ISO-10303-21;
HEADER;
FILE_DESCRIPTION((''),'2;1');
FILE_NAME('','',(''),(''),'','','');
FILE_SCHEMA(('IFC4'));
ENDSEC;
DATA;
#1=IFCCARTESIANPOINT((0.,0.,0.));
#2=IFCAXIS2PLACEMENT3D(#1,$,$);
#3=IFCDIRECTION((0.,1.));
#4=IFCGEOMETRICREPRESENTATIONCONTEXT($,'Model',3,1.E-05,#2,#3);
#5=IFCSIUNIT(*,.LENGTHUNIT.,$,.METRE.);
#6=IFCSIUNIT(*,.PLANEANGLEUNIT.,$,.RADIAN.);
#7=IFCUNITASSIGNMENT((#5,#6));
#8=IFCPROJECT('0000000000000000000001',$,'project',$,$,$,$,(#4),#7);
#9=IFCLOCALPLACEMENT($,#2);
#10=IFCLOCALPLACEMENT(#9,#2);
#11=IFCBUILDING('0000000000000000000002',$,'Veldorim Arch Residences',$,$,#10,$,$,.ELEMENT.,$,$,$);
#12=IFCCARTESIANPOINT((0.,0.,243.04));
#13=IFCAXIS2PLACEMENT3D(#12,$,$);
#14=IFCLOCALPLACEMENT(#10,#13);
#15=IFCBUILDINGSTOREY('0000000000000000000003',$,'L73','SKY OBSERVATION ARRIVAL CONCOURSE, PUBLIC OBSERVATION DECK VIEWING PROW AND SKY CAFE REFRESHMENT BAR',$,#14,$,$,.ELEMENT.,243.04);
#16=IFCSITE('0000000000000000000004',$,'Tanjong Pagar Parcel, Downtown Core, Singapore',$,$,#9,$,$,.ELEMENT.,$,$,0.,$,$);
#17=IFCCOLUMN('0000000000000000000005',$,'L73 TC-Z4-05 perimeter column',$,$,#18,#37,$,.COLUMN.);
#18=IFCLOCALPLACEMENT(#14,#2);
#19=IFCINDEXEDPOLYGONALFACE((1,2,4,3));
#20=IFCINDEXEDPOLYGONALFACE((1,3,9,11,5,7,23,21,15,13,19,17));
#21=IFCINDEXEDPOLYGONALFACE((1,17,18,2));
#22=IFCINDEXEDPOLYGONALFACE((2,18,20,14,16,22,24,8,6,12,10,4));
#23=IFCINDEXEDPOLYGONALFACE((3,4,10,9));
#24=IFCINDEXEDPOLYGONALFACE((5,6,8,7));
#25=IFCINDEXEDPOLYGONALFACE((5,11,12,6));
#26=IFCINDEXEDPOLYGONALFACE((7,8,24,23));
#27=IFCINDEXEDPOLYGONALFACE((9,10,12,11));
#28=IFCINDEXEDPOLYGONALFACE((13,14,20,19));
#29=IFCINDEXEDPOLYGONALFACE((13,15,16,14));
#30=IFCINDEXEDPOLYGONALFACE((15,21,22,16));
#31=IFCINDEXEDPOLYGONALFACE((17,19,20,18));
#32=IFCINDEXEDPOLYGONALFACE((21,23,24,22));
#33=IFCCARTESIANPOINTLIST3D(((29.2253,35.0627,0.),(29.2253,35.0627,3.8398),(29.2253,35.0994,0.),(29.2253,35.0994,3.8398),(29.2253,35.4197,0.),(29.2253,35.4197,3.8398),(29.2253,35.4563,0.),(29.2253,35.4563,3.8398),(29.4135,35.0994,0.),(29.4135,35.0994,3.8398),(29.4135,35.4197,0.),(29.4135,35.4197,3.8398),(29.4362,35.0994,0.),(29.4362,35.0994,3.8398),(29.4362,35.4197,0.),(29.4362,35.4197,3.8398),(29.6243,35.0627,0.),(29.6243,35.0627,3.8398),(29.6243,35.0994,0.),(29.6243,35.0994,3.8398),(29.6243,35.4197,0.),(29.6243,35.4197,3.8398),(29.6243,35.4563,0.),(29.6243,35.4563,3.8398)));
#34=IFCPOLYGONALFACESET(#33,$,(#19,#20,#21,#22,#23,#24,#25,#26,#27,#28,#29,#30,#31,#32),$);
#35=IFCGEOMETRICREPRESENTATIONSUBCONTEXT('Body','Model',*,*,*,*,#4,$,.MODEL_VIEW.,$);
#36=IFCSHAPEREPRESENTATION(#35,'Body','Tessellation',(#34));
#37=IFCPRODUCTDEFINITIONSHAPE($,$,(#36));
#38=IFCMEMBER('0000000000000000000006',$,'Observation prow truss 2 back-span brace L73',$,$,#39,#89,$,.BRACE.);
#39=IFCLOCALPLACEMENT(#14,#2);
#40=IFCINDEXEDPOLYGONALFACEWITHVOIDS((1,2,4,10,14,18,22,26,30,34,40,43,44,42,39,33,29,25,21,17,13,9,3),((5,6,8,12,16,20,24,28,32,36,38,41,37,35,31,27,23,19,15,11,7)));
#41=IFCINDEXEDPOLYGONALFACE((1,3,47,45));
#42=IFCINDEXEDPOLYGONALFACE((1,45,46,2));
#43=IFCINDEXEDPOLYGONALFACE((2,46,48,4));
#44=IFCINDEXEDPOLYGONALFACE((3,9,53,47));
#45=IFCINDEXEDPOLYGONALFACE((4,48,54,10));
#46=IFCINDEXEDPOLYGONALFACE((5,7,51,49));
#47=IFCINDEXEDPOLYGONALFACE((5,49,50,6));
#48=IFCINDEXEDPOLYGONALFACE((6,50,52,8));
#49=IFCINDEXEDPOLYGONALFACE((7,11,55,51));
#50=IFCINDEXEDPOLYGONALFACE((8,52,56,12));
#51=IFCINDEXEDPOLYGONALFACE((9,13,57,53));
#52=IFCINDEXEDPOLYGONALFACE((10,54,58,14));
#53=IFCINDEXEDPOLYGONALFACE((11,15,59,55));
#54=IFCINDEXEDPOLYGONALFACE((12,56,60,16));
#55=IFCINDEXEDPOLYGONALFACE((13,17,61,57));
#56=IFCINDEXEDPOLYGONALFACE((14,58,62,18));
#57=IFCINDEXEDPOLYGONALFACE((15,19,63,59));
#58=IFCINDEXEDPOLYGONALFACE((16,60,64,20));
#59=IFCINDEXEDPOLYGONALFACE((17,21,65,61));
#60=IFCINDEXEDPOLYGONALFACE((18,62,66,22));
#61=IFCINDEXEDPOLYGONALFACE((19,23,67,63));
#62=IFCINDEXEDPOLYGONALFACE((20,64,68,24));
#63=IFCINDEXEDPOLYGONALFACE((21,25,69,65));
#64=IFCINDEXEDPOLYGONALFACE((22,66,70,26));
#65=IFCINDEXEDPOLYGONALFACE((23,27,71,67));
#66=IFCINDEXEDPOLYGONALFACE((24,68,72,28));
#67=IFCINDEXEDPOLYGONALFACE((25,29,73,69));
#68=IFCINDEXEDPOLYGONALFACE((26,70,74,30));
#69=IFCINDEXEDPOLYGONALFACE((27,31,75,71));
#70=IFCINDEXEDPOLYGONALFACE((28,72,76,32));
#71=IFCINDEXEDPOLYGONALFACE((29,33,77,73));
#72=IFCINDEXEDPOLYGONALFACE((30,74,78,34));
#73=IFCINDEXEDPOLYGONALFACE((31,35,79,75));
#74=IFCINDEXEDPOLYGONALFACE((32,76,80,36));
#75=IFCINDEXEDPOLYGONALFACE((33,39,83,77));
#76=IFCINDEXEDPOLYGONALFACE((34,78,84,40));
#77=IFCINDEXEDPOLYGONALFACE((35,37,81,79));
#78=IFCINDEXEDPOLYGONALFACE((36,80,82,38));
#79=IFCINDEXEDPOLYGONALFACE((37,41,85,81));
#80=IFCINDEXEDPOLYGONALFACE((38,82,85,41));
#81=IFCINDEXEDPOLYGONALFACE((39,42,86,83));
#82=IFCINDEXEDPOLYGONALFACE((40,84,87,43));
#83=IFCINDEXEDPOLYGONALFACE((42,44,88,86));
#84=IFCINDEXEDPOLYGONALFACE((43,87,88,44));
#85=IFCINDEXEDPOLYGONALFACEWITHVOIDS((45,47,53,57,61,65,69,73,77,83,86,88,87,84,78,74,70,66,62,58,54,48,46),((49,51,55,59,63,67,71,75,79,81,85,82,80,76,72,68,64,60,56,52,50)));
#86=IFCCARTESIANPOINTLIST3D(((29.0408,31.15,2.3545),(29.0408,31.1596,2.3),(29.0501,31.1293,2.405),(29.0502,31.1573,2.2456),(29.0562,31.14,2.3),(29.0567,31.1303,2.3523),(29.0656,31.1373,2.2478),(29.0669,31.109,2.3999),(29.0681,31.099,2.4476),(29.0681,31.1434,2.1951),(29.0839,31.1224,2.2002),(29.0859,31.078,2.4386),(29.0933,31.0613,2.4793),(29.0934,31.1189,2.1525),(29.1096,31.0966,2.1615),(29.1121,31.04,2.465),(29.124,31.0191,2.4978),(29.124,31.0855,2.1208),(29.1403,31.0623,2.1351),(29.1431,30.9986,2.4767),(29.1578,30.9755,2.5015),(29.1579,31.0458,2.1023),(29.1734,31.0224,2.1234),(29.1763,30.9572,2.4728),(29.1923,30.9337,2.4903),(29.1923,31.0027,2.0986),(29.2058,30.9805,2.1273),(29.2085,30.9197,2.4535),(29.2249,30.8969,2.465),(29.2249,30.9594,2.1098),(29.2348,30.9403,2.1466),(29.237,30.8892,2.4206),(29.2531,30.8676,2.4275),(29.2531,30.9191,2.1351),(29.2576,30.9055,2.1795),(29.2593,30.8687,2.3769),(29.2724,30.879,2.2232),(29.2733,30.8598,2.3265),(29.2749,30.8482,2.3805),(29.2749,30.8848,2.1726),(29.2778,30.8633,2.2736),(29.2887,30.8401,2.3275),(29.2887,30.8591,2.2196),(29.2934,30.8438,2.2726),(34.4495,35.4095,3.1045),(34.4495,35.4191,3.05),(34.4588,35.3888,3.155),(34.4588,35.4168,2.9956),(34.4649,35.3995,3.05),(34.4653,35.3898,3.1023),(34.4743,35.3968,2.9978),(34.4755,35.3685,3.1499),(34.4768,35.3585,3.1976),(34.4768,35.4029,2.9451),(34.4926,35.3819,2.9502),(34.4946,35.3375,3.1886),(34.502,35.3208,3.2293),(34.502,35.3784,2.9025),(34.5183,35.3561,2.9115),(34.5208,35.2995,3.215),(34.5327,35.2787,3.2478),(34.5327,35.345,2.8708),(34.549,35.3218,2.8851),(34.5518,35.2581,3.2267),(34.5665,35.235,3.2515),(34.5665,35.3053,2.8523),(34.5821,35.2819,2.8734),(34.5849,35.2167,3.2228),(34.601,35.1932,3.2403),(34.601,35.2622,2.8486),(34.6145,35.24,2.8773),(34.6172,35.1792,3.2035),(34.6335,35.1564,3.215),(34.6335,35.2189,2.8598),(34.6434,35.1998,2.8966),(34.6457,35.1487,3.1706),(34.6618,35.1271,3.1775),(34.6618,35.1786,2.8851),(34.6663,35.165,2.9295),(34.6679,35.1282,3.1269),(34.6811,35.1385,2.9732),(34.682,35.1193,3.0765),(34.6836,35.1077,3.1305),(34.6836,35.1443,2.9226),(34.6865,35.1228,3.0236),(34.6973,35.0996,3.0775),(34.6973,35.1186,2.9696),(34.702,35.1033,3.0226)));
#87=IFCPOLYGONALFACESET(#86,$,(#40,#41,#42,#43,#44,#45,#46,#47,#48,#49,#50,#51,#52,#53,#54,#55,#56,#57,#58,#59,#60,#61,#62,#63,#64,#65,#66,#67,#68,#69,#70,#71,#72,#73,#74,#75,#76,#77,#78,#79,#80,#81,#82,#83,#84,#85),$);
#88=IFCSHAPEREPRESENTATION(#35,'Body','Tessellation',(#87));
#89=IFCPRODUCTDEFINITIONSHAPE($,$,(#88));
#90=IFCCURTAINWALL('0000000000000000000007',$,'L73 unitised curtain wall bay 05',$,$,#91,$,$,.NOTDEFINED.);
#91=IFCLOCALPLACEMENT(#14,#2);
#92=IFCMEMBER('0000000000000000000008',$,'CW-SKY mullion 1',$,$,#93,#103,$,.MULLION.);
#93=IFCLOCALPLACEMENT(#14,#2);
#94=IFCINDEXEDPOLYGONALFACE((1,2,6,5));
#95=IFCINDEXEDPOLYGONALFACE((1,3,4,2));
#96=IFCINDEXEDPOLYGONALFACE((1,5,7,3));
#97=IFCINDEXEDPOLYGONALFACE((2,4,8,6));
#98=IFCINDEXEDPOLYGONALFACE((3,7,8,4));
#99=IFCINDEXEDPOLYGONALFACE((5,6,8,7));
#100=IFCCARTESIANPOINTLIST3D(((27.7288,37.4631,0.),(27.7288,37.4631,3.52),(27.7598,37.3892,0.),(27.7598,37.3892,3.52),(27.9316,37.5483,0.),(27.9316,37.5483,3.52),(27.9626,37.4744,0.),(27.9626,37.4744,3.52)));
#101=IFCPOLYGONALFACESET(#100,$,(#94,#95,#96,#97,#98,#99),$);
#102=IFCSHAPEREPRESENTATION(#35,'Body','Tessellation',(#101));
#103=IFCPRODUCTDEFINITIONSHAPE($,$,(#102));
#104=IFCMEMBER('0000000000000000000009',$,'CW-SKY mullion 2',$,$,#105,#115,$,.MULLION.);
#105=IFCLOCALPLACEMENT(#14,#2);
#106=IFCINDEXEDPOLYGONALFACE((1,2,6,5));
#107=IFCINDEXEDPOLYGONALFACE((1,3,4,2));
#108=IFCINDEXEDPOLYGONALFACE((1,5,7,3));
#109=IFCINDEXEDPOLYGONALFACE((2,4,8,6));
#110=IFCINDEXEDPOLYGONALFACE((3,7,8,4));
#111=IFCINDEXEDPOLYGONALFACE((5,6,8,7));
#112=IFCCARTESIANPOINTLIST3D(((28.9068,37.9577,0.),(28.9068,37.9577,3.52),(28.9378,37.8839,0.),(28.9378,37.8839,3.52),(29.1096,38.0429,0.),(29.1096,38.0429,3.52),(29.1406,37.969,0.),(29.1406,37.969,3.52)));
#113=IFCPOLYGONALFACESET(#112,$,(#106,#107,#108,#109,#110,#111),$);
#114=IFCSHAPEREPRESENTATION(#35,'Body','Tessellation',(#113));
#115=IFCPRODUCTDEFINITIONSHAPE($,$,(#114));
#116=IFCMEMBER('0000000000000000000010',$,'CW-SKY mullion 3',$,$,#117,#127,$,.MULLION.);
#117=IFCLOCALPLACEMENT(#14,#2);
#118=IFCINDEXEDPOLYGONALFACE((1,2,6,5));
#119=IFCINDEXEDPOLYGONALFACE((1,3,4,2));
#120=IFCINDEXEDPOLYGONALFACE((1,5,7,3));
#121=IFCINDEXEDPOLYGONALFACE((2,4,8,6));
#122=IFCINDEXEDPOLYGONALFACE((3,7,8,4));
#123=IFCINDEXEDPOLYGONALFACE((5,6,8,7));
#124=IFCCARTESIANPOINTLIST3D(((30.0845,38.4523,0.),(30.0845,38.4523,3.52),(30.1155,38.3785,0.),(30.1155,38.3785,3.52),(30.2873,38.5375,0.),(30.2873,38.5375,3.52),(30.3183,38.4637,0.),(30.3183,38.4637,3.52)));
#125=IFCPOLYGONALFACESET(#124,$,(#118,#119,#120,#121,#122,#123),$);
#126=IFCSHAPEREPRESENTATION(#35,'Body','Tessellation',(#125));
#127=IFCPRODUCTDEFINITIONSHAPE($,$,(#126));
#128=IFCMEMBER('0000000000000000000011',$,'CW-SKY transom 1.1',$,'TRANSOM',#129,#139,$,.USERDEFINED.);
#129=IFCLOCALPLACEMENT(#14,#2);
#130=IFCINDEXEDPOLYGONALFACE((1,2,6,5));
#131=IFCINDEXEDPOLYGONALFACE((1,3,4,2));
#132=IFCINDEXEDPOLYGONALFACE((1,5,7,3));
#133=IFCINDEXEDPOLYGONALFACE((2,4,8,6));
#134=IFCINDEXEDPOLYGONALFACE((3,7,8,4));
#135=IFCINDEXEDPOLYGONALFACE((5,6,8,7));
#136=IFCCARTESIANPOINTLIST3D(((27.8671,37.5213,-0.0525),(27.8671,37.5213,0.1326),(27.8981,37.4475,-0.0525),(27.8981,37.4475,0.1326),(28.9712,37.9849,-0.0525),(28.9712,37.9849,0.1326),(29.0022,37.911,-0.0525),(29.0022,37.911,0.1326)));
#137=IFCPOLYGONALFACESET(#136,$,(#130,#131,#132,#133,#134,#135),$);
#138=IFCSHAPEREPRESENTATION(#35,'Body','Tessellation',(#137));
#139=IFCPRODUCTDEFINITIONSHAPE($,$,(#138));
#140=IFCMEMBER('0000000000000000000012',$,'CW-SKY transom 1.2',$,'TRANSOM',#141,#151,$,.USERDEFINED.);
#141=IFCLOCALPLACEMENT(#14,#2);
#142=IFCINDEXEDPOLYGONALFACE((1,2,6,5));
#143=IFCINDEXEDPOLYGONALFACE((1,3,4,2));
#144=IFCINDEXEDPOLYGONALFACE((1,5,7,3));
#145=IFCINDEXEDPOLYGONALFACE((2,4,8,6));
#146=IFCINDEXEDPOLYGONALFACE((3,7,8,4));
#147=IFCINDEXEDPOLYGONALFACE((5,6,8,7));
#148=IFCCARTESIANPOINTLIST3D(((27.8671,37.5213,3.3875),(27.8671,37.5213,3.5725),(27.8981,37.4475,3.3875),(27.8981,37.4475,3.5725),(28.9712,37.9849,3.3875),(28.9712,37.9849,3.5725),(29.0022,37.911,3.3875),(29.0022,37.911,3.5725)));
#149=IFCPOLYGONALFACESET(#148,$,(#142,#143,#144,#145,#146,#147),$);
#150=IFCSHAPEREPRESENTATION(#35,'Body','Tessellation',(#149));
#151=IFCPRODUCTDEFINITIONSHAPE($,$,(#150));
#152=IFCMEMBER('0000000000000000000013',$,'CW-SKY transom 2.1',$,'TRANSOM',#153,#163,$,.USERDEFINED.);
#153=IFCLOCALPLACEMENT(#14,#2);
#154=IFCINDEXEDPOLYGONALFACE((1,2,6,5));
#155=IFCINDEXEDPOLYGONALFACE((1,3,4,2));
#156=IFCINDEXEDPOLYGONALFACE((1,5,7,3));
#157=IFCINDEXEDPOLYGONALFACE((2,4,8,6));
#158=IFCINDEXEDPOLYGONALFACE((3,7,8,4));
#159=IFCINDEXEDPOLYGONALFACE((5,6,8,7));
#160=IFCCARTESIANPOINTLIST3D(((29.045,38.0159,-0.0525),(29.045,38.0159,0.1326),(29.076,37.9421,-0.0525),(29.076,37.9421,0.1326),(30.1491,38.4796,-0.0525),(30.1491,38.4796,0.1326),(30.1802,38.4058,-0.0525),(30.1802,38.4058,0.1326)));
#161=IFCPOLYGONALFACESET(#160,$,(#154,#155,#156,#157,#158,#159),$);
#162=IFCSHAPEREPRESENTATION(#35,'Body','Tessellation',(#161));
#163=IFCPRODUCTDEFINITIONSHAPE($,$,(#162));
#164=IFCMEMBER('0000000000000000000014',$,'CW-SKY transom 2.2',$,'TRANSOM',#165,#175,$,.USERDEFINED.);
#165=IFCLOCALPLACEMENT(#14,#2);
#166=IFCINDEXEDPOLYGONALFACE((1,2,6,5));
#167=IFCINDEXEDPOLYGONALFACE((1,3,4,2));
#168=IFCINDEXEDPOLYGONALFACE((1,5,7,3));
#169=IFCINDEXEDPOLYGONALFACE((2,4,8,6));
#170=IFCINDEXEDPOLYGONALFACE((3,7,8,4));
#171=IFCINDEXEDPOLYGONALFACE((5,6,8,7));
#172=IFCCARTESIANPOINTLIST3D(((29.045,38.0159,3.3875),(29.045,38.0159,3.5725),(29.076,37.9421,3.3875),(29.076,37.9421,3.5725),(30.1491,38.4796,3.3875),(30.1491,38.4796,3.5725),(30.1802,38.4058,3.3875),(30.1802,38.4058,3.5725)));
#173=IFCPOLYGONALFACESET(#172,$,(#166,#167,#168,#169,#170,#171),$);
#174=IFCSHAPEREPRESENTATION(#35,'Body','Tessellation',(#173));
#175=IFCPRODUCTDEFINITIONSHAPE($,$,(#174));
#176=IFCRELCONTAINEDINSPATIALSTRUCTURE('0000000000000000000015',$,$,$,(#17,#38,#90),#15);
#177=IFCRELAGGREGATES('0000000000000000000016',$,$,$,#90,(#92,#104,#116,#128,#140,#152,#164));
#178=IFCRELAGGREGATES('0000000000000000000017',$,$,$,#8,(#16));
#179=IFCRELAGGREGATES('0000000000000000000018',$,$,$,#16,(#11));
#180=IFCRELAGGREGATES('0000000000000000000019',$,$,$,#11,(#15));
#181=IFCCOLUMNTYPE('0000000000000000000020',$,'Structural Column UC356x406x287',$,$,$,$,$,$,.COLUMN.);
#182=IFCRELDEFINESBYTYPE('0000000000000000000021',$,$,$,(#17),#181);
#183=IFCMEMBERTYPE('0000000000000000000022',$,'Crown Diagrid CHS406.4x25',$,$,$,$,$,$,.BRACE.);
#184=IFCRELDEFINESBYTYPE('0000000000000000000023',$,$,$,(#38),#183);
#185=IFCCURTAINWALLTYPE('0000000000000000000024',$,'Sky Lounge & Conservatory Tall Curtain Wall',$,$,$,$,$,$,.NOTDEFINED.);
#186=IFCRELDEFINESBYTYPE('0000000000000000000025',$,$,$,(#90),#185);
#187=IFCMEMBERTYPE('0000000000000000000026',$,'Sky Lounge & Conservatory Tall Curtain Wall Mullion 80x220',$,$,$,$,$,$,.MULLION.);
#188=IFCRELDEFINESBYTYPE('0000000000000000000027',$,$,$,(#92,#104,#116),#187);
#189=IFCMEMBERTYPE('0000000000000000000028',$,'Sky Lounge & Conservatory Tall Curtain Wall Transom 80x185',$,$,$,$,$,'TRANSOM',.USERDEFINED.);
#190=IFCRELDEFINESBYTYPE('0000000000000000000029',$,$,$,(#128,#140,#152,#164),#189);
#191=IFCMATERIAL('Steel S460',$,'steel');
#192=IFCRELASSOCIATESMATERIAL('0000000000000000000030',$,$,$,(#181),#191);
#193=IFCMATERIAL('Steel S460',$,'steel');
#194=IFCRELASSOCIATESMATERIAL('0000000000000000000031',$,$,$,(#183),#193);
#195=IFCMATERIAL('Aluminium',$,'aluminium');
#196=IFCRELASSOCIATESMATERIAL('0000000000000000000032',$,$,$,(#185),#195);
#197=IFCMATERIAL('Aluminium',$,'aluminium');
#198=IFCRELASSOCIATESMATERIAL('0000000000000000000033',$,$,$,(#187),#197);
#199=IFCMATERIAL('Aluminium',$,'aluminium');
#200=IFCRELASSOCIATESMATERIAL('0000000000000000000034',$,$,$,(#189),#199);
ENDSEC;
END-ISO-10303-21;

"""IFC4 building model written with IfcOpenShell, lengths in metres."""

from ifc_helpers import new_model, si_unit, direction, frame, origin, origin_2d, place, context, subcontext, project, spatial, rectangle, hollow_circle, i_section, extrude, material, material_profile, profile_set, type_object, element, aggregate, save


model = new_model("IFC4")

# Units and contexts
model_context = context("Model", 3, precision=1e-05, world=origin(), true_north=direction((0.0, 1.0)))
body_context = subcontext(model_context, "Body", "Model", "MODEL_VIEW")
ifc_project = project(units=[si_unit("LENGTHUNIT", "METRE"), si_unit("PLANEANGLEUNIT", "RADIAN")], contexts=[model_context])

# Site, building, storey
site_placement = place(None, origin())
site = spatial("IfcSite", under=ifc_project, at=site_placement, Name="Tanjong Pagar Parcel, Downtown Core, Singapore", CompositionType="ELEMENT", RefElevation=0.0)
building_placement = place(site_placement, origin())
building = spatial("IfcBuilding", under=site, at=building_placement, Name="Veldorim Arch Residences", CompositionType="ELEMENT")
storey_placement = place(building_placement, frame((0.0, 0.0, 243.04)))
storey = spatial("IfcBuildingStorey", under=building, at=storey_placement, Name="L73", Description="SKY OBSERVATION ARRIVAL CONCOURSE, PUBLIC OBSERVATION DECK VIEWING PROW AND SKY CAFE REFRESHMENT BAR", CompositionType="ELEMENT", Elevation=243.04)

# Column
ifc_material_1 = material(Name="Steel S460", Category="steel")
ifc_material_profile_1 = material_profile(ifc_material_1, i_section(OverallWidth=0.3989, OverallDepth=0.3936, WebThickness=0.0227, FlangeThickness=0.0366, at=origin_2d()), Name="UC356x406x287")
ifc_profile_set_1 = profile_set([ifc_material_profile_1], Name="Steel S460")
column_type = type_object("IfcColumnType", Name="Structural Column UC356x406x287", PredefinedType="COLUMN", material=ifc_profile_set_1)
column_placement = place(storey_placement, frame((29.4248, 35.2595, 0.0), z_axis=(0.0, 0.0, 1.0), x_axis=(1.0, 0.0, 0.0)))
element("IfcColumn", 1, at=column_placement, inside=storey, type_object=column_type, Name="L73 TC-Z4-05 perimeter column", PredefinedType="COLUMN", context=body_context, shape_type="SweptSolid", body=[
    extrude(i_section(OverallWidth=0.3989, OverallDepth=0.3936, WebThickness=0.0227, FlangeThickness=0.0366, at=origin_2d()), origin(), (0.0, 0.0, 1.0), 3.8398),
])

# Member
ifc_material_2 = material(Name="Steel S460", Category="steel")
ifc_material_profile_2 = material_profile(ifc_material_2, hollow_circle(Radius=0.2031, WallThickness=0.0249, at=origin_2d()), Name="CHS406.4x25")
ifc_profile_set_2 = profile_set([ifc_material_profile_2], Name="Steel S460")
member_type_1 = type_object("IfcMemberType", Name="Crown Diagrid CHS406.4x25", PredefinedType="BRACE", material=ifc_profile_set_2)
member_1_placement = place(storey_placement, frame((29.1665, 31.0, 2.3), z_axis=(0.781003, 0.615066, 0.108298), x_axis=(-0.618704, 0.785624, 0.0)))
element("IfcMember", 2, at=member_1_placement, inside=storey, type_object=member_type_1, Name="Observation prow truss 2 back-span brace L73", PredefinedType="BRACE", context=body_context, shape_type="SweptSolid", body=[
    extrude(hollow_circle(Radius=0.2031, WallThickness=0.0249, at=origin_2d()), origin(), (0.0, 0.0, 1.0), 6.9253),
])

# Curtain wall, members
ifc_material_3 = material(Name="Aluminium", Category="aluminium")
curtain_wall_type = type_object("IfcCurtainWallType", Name="Sky Lounge & Conservatory Tall Curtain Wall", PredefinedType="NOTDEFINED", material=ifc_material_3)
curtain_wall_placement = place(storey_placement, origin())
curtain_wall = element("IfcCurtainWall", 3, at=curtain_wall_placement, inside=storey, type_object=curtain_wall_type, Name="L73 unitised curtain wall bay 05", PredefinedType="NOTDEFINED")
ifc_material_4 = material(Name="Aluminium", Category="aluminium")
ifc_material_profile_3 = material_profile(ifc_material_4, rectangle(XDim=0.0801, YDim=0.22, at=origin_2d()), Name="ALU_MUL_80x220")
ifc_profile_set_3 = profile_set([ifc_material_profile_3], Name="Aluminium")
member_type_2 = type_object("IfcMemberType", Name="Sky Lounge & Conservatory Tall Curtain Wall Mullion 80x220", PredefinedType="MULLION", material=ifc_profile_set_3)
member_2_placement = place(storey_placement, frame((27.8457, 37.4688, 0.0), z_axis=(0.0, 0.0, 1.0), x_axis=(-0.387203, 0.921994, 0.0)))
member_2 = element("IfcMember", 4, at=member_2_placement, type_object=member_type_2, Name="CW-SKY mullion 1", PredefinedType="MULLION", context=body_context, shape_type="SweptSolid", body=[
    extrude(rectangle(XDim=0.0801, YDim=0.22, at=origin_2d()), origin(), (0.0, 0.0, 1.0), 3.52),
])
member_3_placement = place(storey_placement, frame((29.0237, 37.9634, 0.0), z_axis=(0.0, 0.0, 1.0), x_axis=(-0.387203, 0.921994, 0.0)))
member_3 = element("IfcMember", 5, at=member_3_placement, type_object=member_type_2, Name="CW-SKY mullion 2", PredefinedType="MULLION", context=body_context, shape_type="SweptSolid", body=[
    extrude(rectangle(XDim=0.0801, YDim=0.22, at=origin_2d()), origin(), (0.0, 0.0, 1.0), 3.52),
])
member_4_placement = place(storey_placement, frame((30.2014, 38.458, 0.0), z_axis=(0.0, 0.0, 1.0), x_axis=(-0.387203, 0.921994, 0.0)))
member_4 = element("IfcMember", 6, at=member_4_placement, type_object=member_type_2, Name="CW-SKY mullion 3", PredefinedType="MULLION", context=body_context, shape_type="SweptSolid", body=[
    extrude(rectangle(XDim=0.0801, YDim=0.22, at=origin_2d()), origin(), (0.0, 0.0, 1.0), 3.52),
])
ifc_material_5 = material(Name="Aluminium", Category="aluminium")
ifc_material_profile_4 = material_profile(ifc_material_5, rectangle(XDim=0.0801, YDim=0.1851, at=origin_2d()), Name="ALU_TRN_80x185")
ifc_profile_set_4 = profile_set([ifc_material_profile_4], Name="Aluminium")
member_type_3 = type_object("IfcMemberType", Name="Sky Lounge & Conservatory Tall Curtain Wall Transom 80x185", ElementType="TRANSOM", PredefinedType="USERDEFINED", material=ifc_profile_set_4)
member_5_placement = place(storey_placement, frame((27.8826, 37.4844, 0.04), z_axis=(0.92203, 0.387118, 0.0), x_axis=(-0.387118, 0.92203, 0.0)))
member_5 = element("IfcMember", 7, at=member_5_placement, type_object=member_type_3, Name="CW-SKY transom 1.1", ObjectType="TRANSOM", PredefinedType="USERDEFINED", context=body_context, shape_type="SweptSolid", body=[
    extrude(rectangle(XDim=0.0801, YDim=0.1851, at=origin_2d()), origin(), (0.0, 0.0, 1.0), 1.1975),
])
member_6_placement = place(storey_placement, frame((27.8826, 37.4844, 3.48), z_axis=(0.92203, 0.387118, 0.0), x_axis=(-0.387118, 0.92203, 0.0)))
member_6 = element("IfcMember", 8, at=member_6_placement, type_object=member_type_3, Name="CW-SKY transom 1.2", ObjectType="TRANSOM", PredefinedType="USERDEFINED", context=body_context, shape_type="SweptSolid", body=[
    extrude(rectangle(XDim=0.0801, YDim=0.1851, at=origin_2d()), origin(), (0.0, 0.0, 1.0), 1.1975),
])
member_7_placement = place(storey_placement, frame((29.0605, 37.979, 0.04), z_axis=(0.922, 0.387191, 0.0), x_axis=(-0.387191, 0.922, 0.0)))
member_7 = element("IfcMember", 9, at=member_7_placement, type_object=member_type_3, Name="CW-SKY transom 2.1", ObjectType="TRANSOM", PredefinedType="USERDEFINED", context=body_context, shape_type="SweptSolid", body=[
    extrude(rectangle(XDim=0.0801, YDim=0.1851, at=origin_2d()), origin(), (0.0, 0.0, 1.0), 1.1975),
])
member_8_placement = place(storey_placement, frame((29.0605, 37.979, 3.48), z_axis=(0.922, 0.387191, 0.0), x_axis=(-0.387191, 0.922, 0.0)))
member_8 = element("IfcMember", 10, at=member_8_placement, type_object=member_type_3, Name="CW-SKY transom 2.2", ObjectType="TRANSOM", PredefinedType="USERDEFINED", context=body_context, shape_type="SweptSolid", body=[
    extrude(rectangle(XDim=0.0801, YDim=0.1851, at=origin_2d()), origin(), (0.0, 0.0, 1.0), 1.1975),
])

aggregate(curtain_wall, [member_2, member_3, member_4, member_5, member_6, member_7, member_8])

save(model, "model.ifc")
